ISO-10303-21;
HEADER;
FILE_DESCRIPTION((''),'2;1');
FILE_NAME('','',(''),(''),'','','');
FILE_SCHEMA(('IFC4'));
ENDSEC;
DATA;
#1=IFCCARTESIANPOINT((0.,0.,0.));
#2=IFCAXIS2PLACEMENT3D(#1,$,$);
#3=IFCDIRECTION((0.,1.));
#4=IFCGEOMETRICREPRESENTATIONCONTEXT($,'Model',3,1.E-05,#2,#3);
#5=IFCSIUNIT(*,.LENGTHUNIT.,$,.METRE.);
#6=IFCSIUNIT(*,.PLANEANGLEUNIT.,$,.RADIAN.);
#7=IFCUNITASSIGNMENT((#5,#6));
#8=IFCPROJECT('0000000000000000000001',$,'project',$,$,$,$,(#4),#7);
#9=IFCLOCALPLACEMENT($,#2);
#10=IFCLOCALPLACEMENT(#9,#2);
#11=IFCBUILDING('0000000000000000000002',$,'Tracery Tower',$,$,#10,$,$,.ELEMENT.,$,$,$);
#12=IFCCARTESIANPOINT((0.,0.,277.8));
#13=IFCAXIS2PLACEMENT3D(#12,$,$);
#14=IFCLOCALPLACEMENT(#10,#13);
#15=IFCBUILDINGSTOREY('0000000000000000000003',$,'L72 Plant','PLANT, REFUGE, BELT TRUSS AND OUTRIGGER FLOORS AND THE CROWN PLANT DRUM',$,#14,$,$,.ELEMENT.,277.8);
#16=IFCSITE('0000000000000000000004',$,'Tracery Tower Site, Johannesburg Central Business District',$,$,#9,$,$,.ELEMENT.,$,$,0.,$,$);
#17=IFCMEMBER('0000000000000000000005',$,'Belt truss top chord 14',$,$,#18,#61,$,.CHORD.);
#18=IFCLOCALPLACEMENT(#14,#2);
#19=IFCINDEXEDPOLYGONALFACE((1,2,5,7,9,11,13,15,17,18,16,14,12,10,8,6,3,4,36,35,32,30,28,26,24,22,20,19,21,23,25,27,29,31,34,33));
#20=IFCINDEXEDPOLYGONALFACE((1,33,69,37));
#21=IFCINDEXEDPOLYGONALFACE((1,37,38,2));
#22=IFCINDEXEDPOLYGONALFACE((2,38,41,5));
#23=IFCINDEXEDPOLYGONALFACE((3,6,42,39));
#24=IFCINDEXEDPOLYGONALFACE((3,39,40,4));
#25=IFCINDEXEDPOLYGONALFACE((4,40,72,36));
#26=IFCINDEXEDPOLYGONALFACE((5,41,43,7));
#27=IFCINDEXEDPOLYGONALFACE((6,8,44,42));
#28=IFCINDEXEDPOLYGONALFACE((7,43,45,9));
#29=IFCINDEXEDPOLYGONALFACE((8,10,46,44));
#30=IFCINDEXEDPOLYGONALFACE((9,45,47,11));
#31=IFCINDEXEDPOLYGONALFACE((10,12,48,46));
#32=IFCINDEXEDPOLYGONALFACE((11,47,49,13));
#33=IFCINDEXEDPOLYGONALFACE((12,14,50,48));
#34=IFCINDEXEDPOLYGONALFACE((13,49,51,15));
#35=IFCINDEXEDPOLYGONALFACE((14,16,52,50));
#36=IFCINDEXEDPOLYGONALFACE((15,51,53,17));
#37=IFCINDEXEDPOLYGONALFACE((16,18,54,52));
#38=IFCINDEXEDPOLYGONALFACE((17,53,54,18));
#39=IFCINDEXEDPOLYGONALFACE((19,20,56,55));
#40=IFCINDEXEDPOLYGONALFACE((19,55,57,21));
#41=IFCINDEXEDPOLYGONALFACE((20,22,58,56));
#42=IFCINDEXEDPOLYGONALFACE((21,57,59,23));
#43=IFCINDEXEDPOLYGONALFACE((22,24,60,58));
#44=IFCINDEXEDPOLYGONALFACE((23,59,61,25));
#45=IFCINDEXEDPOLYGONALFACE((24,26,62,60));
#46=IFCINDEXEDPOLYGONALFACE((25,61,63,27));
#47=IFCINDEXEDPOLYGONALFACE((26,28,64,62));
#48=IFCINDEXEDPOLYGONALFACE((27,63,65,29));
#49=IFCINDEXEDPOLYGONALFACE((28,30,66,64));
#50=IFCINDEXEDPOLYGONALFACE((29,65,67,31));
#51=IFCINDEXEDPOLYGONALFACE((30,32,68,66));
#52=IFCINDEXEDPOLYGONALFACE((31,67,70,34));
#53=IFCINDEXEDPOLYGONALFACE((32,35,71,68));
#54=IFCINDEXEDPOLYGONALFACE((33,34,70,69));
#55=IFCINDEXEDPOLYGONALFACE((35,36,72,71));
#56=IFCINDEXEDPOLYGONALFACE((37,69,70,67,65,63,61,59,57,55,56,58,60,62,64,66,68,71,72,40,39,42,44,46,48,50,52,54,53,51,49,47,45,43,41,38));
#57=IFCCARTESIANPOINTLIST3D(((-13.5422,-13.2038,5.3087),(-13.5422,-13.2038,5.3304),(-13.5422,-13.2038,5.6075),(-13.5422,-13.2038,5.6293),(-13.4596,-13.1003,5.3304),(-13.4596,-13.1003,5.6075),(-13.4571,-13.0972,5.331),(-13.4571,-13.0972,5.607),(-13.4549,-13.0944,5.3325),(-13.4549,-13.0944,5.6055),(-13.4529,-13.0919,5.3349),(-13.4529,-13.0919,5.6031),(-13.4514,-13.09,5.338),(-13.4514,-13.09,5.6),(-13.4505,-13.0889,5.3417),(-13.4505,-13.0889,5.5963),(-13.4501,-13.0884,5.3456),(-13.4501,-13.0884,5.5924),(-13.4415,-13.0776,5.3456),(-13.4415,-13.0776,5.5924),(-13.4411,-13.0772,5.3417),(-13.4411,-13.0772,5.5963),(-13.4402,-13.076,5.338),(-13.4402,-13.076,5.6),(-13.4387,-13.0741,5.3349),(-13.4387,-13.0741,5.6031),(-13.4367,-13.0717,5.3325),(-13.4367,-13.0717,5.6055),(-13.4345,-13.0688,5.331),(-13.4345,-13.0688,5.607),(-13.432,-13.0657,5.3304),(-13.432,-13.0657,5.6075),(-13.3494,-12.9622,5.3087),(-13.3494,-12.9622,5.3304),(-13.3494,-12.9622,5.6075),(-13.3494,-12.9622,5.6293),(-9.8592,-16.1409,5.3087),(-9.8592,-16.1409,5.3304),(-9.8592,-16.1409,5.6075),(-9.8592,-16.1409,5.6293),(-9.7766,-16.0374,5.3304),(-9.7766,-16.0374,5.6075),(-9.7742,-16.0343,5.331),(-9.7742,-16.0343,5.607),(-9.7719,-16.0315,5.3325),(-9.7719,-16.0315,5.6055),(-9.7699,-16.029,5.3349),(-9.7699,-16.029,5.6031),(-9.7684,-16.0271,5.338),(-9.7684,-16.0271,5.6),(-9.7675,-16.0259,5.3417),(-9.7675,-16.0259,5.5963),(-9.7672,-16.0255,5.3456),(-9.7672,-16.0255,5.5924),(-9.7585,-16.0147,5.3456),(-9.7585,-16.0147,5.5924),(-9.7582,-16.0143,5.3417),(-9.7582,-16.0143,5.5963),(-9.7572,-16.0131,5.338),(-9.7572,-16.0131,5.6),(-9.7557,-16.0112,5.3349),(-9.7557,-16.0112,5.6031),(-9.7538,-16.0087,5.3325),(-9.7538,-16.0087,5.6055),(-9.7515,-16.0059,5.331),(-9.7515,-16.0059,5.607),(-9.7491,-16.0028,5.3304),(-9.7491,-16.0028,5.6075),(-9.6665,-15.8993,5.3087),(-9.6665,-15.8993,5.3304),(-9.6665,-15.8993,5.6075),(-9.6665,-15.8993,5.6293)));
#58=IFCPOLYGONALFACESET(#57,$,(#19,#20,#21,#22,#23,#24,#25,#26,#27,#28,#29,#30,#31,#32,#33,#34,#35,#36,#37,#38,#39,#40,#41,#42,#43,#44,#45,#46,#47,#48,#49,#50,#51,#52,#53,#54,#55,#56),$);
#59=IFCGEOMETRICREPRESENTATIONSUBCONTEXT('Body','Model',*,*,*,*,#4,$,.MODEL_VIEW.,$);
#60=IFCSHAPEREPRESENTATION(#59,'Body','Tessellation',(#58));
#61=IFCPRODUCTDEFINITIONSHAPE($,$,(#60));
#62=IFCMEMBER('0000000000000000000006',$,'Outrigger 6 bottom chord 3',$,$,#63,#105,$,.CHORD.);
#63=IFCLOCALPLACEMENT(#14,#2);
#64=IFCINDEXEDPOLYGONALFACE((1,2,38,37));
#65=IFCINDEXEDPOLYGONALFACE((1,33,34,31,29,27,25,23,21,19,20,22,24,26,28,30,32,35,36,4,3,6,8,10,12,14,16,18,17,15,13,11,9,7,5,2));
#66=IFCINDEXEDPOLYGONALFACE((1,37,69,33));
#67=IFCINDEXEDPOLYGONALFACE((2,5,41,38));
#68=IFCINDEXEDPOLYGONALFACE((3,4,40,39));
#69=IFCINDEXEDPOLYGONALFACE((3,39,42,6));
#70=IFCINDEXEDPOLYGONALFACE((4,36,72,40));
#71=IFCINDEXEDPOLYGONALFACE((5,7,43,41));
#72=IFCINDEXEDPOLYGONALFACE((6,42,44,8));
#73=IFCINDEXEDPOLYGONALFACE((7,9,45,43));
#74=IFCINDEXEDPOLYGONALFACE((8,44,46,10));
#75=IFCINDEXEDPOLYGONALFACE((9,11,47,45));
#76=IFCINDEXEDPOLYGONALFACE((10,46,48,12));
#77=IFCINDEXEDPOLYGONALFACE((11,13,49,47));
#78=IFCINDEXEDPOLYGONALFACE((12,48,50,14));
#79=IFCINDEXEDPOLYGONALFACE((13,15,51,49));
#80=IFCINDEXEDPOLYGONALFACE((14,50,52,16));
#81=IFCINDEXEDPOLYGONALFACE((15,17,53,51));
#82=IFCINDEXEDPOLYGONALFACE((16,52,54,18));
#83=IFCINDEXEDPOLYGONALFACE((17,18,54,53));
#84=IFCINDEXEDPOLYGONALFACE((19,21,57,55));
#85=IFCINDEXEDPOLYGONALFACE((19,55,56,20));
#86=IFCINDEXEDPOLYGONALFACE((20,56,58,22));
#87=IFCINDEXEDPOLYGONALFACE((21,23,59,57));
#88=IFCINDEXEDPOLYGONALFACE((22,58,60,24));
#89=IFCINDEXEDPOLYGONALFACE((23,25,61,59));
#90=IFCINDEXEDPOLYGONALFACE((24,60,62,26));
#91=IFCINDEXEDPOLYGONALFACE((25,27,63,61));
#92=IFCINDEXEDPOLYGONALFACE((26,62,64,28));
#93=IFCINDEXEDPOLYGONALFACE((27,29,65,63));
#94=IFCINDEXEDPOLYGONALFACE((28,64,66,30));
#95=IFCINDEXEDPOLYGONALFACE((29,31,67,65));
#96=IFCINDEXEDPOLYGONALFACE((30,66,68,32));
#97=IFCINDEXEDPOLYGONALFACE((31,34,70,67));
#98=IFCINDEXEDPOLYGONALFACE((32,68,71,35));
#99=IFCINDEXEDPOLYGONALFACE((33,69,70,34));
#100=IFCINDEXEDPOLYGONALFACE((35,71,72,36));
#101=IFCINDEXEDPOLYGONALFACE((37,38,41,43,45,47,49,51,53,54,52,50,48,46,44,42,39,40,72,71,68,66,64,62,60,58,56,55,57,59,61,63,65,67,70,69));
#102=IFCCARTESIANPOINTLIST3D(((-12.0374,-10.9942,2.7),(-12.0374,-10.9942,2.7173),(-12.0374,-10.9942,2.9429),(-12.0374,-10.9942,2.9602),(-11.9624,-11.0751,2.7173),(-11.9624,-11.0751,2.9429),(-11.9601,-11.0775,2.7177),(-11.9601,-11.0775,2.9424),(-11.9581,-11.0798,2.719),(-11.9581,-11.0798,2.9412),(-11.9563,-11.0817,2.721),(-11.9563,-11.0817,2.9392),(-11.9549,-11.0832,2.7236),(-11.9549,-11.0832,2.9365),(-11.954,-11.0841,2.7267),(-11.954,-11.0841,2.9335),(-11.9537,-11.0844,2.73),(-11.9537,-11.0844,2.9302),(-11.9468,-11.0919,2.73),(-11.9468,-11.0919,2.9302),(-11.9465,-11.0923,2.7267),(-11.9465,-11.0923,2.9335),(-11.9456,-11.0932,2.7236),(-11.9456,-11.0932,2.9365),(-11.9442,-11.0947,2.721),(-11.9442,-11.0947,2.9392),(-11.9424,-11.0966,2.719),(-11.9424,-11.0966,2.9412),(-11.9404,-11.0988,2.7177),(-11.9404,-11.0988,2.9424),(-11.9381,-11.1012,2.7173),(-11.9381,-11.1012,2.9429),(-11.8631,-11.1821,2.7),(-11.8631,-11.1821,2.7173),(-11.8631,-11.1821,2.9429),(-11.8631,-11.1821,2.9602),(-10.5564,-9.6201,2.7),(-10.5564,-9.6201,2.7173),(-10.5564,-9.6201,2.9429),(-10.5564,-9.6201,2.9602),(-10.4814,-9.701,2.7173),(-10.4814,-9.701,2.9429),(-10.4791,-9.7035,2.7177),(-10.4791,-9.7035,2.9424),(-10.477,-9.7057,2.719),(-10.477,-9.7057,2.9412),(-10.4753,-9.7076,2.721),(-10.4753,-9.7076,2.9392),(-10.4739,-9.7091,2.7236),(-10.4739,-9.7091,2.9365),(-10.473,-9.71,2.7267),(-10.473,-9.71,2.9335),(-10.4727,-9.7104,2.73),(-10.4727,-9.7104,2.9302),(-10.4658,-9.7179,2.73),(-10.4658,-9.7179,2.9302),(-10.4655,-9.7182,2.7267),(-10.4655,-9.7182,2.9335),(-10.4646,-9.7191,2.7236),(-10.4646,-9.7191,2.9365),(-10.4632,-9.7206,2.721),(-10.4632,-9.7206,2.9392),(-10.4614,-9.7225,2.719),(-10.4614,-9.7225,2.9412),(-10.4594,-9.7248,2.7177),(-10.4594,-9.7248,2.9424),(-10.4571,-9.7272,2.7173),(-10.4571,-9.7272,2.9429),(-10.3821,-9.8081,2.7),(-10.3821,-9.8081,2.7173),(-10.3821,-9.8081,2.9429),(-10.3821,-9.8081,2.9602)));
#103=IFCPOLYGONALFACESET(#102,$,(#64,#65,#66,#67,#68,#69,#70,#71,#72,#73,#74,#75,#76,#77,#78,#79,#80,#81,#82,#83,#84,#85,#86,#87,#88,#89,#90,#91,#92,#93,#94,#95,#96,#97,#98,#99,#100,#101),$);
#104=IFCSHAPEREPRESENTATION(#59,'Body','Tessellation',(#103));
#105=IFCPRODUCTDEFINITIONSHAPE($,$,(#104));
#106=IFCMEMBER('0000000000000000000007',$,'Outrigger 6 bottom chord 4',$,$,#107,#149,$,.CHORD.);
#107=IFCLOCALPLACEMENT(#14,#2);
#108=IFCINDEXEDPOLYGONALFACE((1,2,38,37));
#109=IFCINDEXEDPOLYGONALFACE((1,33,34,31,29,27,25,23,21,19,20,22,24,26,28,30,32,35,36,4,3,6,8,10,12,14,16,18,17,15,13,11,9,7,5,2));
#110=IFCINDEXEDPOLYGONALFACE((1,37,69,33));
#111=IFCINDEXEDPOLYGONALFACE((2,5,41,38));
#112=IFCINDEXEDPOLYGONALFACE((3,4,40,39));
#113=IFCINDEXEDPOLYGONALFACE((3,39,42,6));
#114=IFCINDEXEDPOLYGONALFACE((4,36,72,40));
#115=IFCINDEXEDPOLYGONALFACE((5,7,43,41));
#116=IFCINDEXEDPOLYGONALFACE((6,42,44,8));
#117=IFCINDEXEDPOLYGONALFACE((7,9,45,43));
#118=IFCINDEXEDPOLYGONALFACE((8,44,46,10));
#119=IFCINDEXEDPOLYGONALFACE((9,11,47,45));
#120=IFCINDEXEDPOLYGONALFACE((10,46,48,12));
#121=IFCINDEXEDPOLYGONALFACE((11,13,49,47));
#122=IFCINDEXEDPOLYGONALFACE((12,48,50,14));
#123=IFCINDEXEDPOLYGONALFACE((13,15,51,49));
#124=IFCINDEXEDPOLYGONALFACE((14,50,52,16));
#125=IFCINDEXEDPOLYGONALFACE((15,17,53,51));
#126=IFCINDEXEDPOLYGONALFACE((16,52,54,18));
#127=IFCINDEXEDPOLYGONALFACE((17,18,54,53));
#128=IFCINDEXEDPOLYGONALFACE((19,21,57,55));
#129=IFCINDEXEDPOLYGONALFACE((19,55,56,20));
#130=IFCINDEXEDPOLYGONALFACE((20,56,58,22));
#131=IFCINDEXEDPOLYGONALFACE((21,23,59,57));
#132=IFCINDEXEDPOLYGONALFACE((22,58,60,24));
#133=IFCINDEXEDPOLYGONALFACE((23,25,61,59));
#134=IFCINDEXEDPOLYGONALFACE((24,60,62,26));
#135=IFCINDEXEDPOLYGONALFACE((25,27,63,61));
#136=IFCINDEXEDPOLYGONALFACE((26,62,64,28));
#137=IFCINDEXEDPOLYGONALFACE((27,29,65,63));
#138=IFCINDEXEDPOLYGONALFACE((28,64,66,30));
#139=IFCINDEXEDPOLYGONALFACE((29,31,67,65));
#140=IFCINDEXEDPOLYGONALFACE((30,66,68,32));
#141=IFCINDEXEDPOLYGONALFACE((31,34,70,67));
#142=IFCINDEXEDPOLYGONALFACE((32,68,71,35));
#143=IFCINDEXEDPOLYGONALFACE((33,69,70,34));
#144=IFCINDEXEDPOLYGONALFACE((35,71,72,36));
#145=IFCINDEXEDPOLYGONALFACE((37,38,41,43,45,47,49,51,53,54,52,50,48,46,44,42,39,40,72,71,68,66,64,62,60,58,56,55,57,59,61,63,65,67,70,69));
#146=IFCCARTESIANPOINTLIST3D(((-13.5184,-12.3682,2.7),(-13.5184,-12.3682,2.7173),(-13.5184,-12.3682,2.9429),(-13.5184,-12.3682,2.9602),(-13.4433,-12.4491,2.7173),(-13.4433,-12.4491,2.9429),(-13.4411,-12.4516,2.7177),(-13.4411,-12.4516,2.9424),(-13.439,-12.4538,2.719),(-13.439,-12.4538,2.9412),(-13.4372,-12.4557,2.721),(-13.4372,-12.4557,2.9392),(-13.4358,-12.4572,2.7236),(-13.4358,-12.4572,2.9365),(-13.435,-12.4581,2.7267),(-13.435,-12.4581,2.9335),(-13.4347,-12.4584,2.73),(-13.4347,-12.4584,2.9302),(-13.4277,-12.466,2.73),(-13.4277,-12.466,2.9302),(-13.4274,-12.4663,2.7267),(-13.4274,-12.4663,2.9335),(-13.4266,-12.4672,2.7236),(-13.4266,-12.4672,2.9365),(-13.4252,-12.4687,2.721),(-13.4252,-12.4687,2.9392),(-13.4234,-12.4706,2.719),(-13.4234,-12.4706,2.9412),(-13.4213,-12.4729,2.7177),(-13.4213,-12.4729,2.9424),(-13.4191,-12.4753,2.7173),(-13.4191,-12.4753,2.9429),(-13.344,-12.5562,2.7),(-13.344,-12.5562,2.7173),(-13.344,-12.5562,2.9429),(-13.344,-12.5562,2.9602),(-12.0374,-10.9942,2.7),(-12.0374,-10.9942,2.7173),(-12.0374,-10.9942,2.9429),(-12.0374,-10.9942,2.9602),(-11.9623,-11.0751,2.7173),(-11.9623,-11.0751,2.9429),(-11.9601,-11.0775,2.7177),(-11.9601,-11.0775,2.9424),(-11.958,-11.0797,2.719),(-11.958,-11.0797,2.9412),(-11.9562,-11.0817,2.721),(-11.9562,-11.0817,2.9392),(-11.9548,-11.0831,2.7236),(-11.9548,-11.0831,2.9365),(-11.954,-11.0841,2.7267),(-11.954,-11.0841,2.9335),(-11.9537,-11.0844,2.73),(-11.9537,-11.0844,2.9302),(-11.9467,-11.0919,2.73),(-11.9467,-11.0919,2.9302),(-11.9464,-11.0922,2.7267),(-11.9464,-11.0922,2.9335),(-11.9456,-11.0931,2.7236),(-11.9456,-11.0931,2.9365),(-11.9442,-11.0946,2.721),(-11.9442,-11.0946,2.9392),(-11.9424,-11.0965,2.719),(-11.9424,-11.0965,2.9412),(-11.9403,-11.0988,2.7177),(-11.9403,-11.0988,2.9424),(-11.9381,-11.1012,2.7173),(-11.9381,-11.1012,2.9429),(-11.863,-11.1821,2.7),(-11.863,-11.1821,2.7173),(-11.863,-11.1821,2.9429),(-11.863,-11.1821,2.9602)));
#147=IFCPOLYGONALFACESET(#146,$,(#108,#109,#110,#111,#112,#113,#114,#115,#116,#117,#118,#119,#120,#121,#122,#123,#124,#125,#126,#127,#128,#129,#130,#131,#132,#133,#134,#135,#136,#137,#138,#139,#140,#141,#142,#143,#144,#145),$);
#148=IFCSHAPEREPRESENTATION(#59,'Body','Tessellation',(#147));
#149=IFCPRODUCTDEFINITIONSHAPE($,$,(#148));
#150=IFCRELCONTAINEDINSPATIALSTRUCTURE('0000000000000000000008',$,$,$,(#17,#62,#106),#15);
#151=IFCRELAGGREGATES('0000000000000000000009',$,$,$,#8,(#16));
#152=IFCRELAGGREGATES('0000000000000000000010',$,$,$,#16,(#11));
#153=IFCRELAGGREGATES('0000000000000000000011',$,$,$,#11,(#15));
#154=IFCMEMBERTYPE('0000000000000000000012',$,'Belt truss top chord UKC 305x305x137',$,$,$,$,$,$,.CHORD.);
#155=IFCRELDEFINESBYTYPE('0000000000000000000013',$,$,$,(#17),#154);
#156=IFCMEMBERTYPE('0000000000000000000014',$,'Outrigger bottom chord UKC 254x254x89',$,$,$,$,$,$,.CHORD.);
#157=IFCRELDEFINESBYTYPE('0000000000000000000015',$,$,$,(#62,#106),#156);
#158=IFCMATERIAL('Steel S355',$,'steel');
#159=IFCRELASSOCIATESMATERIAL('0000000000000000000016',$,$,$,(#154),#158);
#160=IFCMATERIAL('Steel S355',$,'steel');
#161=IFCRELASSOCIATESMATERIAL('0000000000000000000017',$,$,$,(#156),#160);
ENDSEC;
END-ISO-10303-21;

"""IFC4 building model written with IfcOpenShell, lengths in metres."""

from ifc_helpers import new_model, si_unit, direction, frame, origin, origin_2d, place, context, subcontext, project, spatial, i_section, extrude, material, material_profile, profile_set, type_object, element, save


model = new_model("IFC4")

# Units and contexts
model_context = context("Model", 3, precision=1e-05, world=origin(), true_north=direction((0.0, 1.0)))
body_context = subcontext(model_context, "Body", "Model", "MODEL_VIEW")
ifc_project = project(units=[si_unit("LENGTHUNIT", "METRE"), si_unit("PLANEANGLEUNIT", "RADIAN")], contexts=[model_context])

# Site, building, storey
site_placement = place(None, origin())
site = spatial("IfcSite", under=ifc_project, at=site_placement, Name="Tracery Tower Site, Johannesburg Central Business District", CompositionType="ELEMENT", RefElevation=0.0)
building_placement = place(site_placement, origin())
building = spatial("IfcBuilding", under=site, at=building_placement, Name="Tracery Tower", CompositionType="ELEMENT")
storey_placement = place(building_placement, frame((0.0, 0.0, 277.8)))
storey = spatial("IfcBuildingStorey", under=building, at=storey_placement, Name="L72 Plant", Description="PLANT, REFUGE, BELT TRUSS AND OUTRIGGER FLOORS AND THE CROWN PLANT DRUM", CompositionType="ELEMENT", Elevation=277.8)

# Members
ifc_material_1 = material(Name="Steel S355", Category="steel")
ifc_material_profile_1 = material_profile(ifc_material_1, i_section(OverallWidth=0.3091, OverallDepth=0.3206, WebThickness=0.0139, FlangeThickness=0.0217, FilletRadius=0.0151, at=origin_2d()), Name="UKC 305x305x137")
ifc_profile_set_1 = profile_set([ifc_material_profile_1], Name="Steel S355")
member_type_1 = type_object("IfcMemberType", Name="Belt truss top chord UKC 305x305x137", PredefinedType="CHORD", material=ifc_profile_set_1)
member_1_placement = place(storey_placement, frame((-13.4458, -13.083, 5.469), z_axis=(0.781829, -0.623493, 0.0), x_axis=(0.623493, 0.781829, 0.0)))
element("IfcMember", 1, at=member_1_placement, inside=storey, type_object=member_type_1, Name="Belt truss top chord 14", PredefinedType="CHORD", context=body_context, shape_type="SweptSolid", body=[
    extrude(i_section(OverallWidth=0.3091, OverallDepth=0.3206, WebThickness=0.0139, FlangeThickness=0.0217, FilletRadius=0.0151, at=origin_2d()), origin(), (0.0, 0.0, 1.0), 4.7107),
])
ifc_material_2 = material(Name="Steel S355", Category="steel")
ifc_material_profile_2 = material_profile(ifc_material_2, i_section(OverallWidth=0.2563, OverallDepth=0.2603, WebThickness=0.0103, FlangeThickness=0.0173, FilletRadius=0.0127, at=origin_2d()), Name="UKC 254x254x89")
ifc_profile_set_2 = profile_set([ifc_material_profile_2], Name="Steel S355")
member_type_2 = type_object("IfcMemberType", Name="Outrigger bottom chord UKC 254x254x89", PredefinedType="CHORD", material=ifc_profile_set_2)
for number, where, z_axis, x_axis, name in (
    (2, (-10.4692, -9.7141, 2.8301), (-0.733078, -0.680145, 0.0), (0.680145, -0.733078, 0.0), "Outrigger 6 bottom chord 3"),
    (3, (-11.9502, -11.0881, 2.8301), (-0.733078, -0.680145, 0.0), (0.680145, -0.733078, 0.0), "Outrigger 6 bottom chord 4"),
):
    element("IfcMember", number, at=place(storey_placement, frame(where, z_axis=z_axis, x_axis=x_axis)), inside=storey, type_object=member_type_2, Name=name, PredefinedType="CHORD", context=body_context, shape_type="SweptSolid", body=[
        extrude(i_section(OverallWidth=0.2563, OverallDepth=0.2603, WebThickness=0.0103, FlangeThickness=0.0173, FilletRadius=0.0127, at=origin_2d()), origin(), (0.0, 0.0, 1.0), 2.0203),
    ])

save(model, "model.ifc")
